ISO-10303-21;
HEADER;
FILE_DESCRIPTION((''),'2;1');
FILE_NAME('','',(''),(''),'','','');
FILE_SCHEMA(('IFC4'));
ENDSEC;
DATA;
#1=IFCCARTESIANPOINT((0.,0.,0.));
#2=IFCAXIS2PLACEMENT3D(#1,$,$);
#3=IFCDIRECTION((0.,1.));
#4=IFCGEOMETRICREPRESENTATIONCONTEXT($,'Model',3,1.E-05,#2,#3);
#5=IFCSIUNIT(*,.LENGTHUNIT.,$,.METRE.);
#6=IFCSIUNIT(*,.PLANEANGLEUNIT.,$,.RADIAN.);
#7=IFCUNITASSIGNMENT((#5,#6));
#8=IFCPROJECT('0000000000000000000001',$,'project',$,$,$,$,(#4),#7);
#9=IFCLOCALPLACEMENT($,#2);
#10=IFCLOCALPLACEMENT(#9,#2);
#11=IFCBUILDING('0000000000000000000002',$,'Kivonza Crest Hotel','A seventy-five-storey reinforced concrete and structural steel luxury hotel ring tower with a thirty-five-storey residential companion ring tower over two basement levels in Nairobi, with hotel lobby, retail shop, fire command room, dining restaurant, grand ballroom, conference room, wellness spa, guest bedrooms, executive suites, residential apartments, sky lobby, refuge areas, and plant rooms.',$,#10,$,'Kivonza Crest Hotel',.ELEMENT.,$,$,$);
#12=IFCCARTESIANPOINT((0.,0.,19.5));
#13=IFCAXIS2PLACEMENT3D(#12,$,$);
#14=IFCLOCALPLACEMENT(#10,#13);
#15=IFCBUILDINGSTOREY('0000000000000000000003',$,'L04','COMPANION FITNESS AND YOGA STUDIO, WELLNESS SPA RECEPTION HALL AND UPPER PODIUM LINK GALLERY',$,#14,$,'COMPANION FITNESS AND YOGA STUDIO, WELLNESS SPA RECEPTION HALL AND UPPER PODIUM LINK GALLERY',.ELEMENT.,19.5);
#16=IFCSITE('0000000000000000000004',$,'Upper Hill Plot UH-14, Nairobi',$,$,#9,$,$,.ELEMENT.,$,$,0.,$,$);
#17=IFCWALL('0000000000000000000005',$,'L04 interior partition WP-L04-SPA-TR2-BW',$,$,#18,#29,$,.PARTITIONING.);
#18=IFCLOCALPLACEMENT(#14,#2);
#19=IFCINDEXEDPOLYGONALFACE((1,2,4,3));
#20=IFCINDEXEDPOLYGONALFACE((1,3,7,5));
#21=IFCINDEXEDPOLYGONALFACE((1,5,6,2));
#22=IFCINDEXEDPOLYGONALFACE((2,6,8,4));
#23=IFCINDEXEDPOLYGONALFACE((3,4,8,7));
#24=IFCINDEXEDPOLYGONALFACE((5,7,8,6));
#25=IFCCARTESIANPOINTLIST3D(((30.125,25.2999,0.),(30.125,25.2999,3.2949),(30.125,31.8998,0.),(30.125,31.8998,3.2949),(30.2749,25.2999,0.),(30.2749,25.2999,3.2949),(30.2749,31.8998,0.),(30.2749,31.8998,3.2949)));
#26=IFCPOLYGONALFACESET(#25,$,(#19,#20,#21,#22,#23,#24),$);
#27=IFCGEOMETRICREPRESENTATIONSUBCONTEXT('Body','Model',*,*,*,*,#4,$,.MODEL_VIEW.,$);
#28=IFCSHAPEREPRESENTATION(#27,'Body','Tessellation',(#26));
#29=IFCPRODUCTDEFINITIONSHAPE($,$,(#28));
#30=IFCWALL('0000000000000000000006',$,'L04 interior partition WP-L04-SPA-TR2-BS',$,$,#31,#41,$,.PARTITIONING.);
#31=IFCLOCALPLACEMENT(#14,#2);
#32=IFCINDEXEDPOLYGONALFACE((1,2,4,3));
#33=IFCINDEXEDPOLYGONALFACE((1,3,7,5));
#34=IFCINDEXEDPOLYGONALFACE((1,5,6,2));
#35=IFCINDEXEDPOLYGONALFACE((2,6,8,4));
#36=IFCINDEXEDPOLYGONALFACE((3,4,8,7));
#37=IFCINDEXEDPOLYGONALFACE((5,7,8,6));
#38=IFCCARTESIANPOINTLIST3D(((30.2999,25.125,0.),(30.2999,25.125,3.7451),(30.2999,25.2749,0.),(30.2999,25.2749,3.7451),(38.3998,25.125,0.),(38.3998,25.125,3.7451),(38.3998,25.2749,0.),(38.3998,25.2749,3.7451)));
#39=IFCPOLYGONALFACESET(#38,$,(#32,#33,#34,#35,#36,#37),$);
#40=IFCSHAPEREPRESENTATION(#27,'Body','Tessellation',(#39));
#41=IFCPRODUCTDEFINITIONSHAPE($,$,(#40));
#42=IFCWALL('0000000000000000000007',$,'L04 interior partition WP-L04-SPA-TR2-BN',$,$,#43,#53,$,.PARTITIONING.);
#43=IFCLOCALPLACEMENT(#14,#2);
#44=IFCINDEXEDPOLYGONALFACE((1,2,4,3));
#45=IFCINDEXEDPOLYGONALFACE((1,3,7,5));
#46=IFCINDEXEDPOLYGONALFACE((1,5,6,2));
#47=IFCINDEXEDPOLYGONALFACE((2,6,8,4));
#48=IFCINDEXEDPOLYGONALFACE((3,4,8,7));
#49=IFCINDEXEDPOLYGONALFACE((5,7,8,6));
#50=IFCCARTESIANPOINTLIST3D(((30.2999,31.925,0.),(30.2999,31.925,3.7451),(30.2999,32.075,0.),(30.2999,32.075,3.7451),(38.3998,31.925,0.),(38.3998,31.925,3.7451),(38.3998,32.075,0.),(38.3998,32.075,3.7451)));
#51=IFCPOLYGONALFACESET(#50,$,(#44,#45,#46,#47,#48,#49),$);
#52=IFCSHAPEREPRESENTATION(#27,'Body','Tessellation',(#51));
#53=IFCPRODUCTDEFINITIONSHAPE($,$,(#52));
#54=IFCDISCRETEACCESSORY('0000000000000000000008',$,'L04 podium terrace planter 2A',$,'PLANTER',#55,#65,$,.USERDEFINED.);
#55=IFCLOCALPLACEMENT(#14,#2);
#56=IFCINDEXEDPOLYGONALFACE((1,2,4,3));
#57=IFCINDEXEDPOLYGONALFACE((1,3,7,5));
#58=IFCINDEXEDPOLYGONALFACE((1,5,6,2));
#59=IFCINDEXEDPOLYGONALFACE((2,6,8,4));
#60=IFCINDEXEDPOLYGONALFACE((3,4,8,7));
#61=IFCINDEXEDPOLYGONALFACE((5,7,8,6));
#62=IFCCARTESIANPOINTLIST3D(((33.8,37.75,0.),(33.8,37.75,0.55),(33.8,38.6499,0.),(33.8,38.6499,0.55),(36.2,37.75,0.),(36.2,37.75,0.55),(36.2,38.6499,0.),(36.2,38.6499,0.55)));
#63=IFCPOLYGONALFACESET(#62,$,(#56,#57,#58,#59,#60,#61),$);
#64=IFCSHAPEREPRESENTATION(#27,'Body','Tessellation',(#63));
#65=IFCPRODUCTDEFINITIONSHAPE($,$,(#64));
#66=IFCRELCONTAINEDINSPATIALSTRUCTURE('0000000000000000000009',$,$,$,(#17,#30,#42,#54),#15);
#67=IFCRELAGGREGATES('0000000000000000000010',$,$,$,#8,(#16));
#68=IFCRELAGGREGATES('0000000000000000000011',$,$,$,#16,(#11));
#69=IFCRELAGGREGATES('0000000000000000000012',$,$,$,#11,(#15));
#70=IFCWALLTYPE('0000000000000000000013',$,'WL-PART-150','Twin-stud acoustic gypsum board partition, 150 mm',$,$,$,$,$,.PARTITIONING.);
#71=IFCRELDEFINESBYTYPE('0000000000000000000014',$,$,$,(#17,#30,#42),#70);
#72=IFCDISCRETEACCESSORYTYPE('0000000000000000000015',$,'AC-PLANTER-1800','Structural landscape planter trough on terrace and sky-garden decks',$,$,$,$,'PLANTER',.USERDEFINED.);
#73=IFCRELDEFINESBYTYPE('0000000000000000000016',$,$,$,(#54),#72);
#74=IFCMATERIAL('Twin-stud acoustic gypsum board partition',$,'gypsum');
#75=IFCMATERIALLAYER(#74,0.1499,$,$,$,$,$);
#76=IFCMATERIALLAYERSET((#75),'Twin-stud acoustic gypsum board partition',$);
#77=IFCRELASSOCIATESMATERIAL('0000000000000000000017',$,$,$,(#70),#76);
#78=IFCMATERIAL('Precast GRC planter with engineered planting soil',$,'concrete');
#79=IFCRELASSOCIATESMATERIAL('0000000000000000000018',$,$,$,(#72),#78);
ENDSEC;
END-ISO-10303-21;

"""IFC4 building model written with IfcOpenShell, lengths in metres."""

from ifc_helpers import new_model, si_unit, direction, frame, frame_2d, origin, origin_2d, place, context, subcontext, project, spatial, rectangle, extrude, material, layer, layer_set, type_object, element, save


model = new_model("IFC4")

# Units and contexts
model_context = context("Model", 3, precision=1e-05, world=origin(), true_north=direction((0.0, 1.0)))
body_context = subcontext(model_context, "Body", "Model", "MODEL_VIEW")
ifc_project = project(units=[si_unit("LENGTHUNIT", "METRE"), si_unit("PLANEANGLEUNIT", "RADIAN")], contexts=[model_context])

# Site, building, storey
site_placement = place(None, origin())
site = spatial("IfcSite", under=ifc_project, at=site_placement, Name="Upper Hill Plot UH-14, Nairobi", CompositionType="ELEMENT", RefElevation=0.0)
building_placement = place(site_placement, origin())
building = spatial("IfcBuilding", under=site, at=building_placement, Name="Kivonza Crest Hotel", Description="A seventy-five-storey reinforced concrete and structural steel luxury hotel ring tower with a thirty-five-storey residential companion ring tower over two basement levels in Nairobi, with hotel lobby, retail shop, fire command room, dining restaurant, grand ballroom, conference room, wellness spa, guest bedrooms, executive suites, residential apartments, sky lobby, refuge areas, and plant rooms.", LongName="Kivonza Crest Hotel", CompositionType="ELEMENT")
storey_placement = place(building_placement, frame((0.0, 0.0, 19.5)))
storey = spatial("IfcBuildingStorey", under=building, at=storey_placement, Name="L04", Description="COMPANION FITNESS AND YOGA STUDIO, WELLNESS SPA RECEPTION HALL AND UPPER PODIUM LINK GALLERY", LongName="COMPANION FITNESS AND YOGA STUDIO, WELLNESS SPA RECEPTION HALL AND UPPER PODIUM LINK GALLERY", CompositionType="ELEMENT", Elevation=19.5)

# Walls
ifc_material_1 = material(Name="Twin-stud acoustic gypsum board partition", Category="gypsum")
ifc_layer_1 = layer(ifc_material_1, 0.1499)
ifc_layer_set_1 = layer_set([ifc_layer_1], Name="Twin-stud acoustic gypsum board partition")
wall_type_1 = type_object("IfcWallType", Name="WL-PART-150", Description="Twin-stud acoustic gypsum board partition, 150 mm", PredefinedType="PARTITIONING", material=ifc_layer_set_1)
wall_1_placement = place(storey_placement, frame((30.2, 25.3, 0.0), z_axis=(0.0, 0.0, 1.0), x_axis=(0.0, 1.0, 0.0)))
element("IfcWall", 1, at=wall_1_placement, inside=storey, type_object=wall_type_1, Name="L04 interior partition WP-L04-SPA-TR2-BW", PredefinedType="PARTITIONING", context=body_context, shape_type="SweptSolid", body=[
    extrude(rectangle(XDim=6.5999, YDim=0.1499, at=frame_2d((3.2998, 0.0))), origin(), (0.0, 0.0, 1.0), 3.2949),
])
for number, where, z_axis, x_axis, name in (
    (2, (30.3, 25.2, 0.0), (0.0, 0.0, 1.0), (1.0, 0.0, 0.0), "L04 interior partition WP-L04-SPA-TR2-BS"),
    (3, (30.3, 32.0, 0.0), (0.0, 0.0, 1.0), (1.0, 0.0, 0.0), "L04 interior partition WP-L04-SPA-TR2-BN"),
):
    element("IfcWall", number, at=place(storey_placement, frame(where, z_axis=z_axis, x_axis=x_axis)), inside=storey, type_object=wall_type_1, Name=name, PredefinedType="PARTITIONING", context=body_context, shape_type="SweptSolid", body=[
        extrude(rectangle(XDim=8.0999, YDim=0.1499, at=frame_2d((4.0498, 0.0))), origin(), (0.0, 0.0, 1.0), 3.7451),
    ])

# Discrete accessory
ifc_material_2 = material(Name="Precast GRC planter with engineered planting soil", Category="concrete")
discrete_accessory_type = type_object("IfcDiscreteAccessoryType", Name="AC-PLANTER-1800", Description="Structural landscape planter trough on terrace and sky-garden decks", ElementType="PLANTER", PredefinedType="USERDEFINED", material=ifc_material_2)
discrete_accessory_placement = place(storey_placement, frame((35.0, 38.2, 0.0), z_axis=(0.0, 0.0, 1.0), x_axis=(1.0, 0.0, 0.0)))
element("IfcDiscreteAccessory", 4, at=discrete_accessory_placement, inside=storey, type_object=discrete_accessory_type, Name="L04 podium terrace planter 2A", ObjectType="PLANTER", PredefinedType="USERDEFINED", context=body_context, shape_type="SweptSolid", body=[
    extrude(rectangle(XDim=2.3999, YDim=0.8999, at=origin_2d()), origin(), (0.0, 0.0, 1.0), 0.55),
])

save(model, "model.ifc")
